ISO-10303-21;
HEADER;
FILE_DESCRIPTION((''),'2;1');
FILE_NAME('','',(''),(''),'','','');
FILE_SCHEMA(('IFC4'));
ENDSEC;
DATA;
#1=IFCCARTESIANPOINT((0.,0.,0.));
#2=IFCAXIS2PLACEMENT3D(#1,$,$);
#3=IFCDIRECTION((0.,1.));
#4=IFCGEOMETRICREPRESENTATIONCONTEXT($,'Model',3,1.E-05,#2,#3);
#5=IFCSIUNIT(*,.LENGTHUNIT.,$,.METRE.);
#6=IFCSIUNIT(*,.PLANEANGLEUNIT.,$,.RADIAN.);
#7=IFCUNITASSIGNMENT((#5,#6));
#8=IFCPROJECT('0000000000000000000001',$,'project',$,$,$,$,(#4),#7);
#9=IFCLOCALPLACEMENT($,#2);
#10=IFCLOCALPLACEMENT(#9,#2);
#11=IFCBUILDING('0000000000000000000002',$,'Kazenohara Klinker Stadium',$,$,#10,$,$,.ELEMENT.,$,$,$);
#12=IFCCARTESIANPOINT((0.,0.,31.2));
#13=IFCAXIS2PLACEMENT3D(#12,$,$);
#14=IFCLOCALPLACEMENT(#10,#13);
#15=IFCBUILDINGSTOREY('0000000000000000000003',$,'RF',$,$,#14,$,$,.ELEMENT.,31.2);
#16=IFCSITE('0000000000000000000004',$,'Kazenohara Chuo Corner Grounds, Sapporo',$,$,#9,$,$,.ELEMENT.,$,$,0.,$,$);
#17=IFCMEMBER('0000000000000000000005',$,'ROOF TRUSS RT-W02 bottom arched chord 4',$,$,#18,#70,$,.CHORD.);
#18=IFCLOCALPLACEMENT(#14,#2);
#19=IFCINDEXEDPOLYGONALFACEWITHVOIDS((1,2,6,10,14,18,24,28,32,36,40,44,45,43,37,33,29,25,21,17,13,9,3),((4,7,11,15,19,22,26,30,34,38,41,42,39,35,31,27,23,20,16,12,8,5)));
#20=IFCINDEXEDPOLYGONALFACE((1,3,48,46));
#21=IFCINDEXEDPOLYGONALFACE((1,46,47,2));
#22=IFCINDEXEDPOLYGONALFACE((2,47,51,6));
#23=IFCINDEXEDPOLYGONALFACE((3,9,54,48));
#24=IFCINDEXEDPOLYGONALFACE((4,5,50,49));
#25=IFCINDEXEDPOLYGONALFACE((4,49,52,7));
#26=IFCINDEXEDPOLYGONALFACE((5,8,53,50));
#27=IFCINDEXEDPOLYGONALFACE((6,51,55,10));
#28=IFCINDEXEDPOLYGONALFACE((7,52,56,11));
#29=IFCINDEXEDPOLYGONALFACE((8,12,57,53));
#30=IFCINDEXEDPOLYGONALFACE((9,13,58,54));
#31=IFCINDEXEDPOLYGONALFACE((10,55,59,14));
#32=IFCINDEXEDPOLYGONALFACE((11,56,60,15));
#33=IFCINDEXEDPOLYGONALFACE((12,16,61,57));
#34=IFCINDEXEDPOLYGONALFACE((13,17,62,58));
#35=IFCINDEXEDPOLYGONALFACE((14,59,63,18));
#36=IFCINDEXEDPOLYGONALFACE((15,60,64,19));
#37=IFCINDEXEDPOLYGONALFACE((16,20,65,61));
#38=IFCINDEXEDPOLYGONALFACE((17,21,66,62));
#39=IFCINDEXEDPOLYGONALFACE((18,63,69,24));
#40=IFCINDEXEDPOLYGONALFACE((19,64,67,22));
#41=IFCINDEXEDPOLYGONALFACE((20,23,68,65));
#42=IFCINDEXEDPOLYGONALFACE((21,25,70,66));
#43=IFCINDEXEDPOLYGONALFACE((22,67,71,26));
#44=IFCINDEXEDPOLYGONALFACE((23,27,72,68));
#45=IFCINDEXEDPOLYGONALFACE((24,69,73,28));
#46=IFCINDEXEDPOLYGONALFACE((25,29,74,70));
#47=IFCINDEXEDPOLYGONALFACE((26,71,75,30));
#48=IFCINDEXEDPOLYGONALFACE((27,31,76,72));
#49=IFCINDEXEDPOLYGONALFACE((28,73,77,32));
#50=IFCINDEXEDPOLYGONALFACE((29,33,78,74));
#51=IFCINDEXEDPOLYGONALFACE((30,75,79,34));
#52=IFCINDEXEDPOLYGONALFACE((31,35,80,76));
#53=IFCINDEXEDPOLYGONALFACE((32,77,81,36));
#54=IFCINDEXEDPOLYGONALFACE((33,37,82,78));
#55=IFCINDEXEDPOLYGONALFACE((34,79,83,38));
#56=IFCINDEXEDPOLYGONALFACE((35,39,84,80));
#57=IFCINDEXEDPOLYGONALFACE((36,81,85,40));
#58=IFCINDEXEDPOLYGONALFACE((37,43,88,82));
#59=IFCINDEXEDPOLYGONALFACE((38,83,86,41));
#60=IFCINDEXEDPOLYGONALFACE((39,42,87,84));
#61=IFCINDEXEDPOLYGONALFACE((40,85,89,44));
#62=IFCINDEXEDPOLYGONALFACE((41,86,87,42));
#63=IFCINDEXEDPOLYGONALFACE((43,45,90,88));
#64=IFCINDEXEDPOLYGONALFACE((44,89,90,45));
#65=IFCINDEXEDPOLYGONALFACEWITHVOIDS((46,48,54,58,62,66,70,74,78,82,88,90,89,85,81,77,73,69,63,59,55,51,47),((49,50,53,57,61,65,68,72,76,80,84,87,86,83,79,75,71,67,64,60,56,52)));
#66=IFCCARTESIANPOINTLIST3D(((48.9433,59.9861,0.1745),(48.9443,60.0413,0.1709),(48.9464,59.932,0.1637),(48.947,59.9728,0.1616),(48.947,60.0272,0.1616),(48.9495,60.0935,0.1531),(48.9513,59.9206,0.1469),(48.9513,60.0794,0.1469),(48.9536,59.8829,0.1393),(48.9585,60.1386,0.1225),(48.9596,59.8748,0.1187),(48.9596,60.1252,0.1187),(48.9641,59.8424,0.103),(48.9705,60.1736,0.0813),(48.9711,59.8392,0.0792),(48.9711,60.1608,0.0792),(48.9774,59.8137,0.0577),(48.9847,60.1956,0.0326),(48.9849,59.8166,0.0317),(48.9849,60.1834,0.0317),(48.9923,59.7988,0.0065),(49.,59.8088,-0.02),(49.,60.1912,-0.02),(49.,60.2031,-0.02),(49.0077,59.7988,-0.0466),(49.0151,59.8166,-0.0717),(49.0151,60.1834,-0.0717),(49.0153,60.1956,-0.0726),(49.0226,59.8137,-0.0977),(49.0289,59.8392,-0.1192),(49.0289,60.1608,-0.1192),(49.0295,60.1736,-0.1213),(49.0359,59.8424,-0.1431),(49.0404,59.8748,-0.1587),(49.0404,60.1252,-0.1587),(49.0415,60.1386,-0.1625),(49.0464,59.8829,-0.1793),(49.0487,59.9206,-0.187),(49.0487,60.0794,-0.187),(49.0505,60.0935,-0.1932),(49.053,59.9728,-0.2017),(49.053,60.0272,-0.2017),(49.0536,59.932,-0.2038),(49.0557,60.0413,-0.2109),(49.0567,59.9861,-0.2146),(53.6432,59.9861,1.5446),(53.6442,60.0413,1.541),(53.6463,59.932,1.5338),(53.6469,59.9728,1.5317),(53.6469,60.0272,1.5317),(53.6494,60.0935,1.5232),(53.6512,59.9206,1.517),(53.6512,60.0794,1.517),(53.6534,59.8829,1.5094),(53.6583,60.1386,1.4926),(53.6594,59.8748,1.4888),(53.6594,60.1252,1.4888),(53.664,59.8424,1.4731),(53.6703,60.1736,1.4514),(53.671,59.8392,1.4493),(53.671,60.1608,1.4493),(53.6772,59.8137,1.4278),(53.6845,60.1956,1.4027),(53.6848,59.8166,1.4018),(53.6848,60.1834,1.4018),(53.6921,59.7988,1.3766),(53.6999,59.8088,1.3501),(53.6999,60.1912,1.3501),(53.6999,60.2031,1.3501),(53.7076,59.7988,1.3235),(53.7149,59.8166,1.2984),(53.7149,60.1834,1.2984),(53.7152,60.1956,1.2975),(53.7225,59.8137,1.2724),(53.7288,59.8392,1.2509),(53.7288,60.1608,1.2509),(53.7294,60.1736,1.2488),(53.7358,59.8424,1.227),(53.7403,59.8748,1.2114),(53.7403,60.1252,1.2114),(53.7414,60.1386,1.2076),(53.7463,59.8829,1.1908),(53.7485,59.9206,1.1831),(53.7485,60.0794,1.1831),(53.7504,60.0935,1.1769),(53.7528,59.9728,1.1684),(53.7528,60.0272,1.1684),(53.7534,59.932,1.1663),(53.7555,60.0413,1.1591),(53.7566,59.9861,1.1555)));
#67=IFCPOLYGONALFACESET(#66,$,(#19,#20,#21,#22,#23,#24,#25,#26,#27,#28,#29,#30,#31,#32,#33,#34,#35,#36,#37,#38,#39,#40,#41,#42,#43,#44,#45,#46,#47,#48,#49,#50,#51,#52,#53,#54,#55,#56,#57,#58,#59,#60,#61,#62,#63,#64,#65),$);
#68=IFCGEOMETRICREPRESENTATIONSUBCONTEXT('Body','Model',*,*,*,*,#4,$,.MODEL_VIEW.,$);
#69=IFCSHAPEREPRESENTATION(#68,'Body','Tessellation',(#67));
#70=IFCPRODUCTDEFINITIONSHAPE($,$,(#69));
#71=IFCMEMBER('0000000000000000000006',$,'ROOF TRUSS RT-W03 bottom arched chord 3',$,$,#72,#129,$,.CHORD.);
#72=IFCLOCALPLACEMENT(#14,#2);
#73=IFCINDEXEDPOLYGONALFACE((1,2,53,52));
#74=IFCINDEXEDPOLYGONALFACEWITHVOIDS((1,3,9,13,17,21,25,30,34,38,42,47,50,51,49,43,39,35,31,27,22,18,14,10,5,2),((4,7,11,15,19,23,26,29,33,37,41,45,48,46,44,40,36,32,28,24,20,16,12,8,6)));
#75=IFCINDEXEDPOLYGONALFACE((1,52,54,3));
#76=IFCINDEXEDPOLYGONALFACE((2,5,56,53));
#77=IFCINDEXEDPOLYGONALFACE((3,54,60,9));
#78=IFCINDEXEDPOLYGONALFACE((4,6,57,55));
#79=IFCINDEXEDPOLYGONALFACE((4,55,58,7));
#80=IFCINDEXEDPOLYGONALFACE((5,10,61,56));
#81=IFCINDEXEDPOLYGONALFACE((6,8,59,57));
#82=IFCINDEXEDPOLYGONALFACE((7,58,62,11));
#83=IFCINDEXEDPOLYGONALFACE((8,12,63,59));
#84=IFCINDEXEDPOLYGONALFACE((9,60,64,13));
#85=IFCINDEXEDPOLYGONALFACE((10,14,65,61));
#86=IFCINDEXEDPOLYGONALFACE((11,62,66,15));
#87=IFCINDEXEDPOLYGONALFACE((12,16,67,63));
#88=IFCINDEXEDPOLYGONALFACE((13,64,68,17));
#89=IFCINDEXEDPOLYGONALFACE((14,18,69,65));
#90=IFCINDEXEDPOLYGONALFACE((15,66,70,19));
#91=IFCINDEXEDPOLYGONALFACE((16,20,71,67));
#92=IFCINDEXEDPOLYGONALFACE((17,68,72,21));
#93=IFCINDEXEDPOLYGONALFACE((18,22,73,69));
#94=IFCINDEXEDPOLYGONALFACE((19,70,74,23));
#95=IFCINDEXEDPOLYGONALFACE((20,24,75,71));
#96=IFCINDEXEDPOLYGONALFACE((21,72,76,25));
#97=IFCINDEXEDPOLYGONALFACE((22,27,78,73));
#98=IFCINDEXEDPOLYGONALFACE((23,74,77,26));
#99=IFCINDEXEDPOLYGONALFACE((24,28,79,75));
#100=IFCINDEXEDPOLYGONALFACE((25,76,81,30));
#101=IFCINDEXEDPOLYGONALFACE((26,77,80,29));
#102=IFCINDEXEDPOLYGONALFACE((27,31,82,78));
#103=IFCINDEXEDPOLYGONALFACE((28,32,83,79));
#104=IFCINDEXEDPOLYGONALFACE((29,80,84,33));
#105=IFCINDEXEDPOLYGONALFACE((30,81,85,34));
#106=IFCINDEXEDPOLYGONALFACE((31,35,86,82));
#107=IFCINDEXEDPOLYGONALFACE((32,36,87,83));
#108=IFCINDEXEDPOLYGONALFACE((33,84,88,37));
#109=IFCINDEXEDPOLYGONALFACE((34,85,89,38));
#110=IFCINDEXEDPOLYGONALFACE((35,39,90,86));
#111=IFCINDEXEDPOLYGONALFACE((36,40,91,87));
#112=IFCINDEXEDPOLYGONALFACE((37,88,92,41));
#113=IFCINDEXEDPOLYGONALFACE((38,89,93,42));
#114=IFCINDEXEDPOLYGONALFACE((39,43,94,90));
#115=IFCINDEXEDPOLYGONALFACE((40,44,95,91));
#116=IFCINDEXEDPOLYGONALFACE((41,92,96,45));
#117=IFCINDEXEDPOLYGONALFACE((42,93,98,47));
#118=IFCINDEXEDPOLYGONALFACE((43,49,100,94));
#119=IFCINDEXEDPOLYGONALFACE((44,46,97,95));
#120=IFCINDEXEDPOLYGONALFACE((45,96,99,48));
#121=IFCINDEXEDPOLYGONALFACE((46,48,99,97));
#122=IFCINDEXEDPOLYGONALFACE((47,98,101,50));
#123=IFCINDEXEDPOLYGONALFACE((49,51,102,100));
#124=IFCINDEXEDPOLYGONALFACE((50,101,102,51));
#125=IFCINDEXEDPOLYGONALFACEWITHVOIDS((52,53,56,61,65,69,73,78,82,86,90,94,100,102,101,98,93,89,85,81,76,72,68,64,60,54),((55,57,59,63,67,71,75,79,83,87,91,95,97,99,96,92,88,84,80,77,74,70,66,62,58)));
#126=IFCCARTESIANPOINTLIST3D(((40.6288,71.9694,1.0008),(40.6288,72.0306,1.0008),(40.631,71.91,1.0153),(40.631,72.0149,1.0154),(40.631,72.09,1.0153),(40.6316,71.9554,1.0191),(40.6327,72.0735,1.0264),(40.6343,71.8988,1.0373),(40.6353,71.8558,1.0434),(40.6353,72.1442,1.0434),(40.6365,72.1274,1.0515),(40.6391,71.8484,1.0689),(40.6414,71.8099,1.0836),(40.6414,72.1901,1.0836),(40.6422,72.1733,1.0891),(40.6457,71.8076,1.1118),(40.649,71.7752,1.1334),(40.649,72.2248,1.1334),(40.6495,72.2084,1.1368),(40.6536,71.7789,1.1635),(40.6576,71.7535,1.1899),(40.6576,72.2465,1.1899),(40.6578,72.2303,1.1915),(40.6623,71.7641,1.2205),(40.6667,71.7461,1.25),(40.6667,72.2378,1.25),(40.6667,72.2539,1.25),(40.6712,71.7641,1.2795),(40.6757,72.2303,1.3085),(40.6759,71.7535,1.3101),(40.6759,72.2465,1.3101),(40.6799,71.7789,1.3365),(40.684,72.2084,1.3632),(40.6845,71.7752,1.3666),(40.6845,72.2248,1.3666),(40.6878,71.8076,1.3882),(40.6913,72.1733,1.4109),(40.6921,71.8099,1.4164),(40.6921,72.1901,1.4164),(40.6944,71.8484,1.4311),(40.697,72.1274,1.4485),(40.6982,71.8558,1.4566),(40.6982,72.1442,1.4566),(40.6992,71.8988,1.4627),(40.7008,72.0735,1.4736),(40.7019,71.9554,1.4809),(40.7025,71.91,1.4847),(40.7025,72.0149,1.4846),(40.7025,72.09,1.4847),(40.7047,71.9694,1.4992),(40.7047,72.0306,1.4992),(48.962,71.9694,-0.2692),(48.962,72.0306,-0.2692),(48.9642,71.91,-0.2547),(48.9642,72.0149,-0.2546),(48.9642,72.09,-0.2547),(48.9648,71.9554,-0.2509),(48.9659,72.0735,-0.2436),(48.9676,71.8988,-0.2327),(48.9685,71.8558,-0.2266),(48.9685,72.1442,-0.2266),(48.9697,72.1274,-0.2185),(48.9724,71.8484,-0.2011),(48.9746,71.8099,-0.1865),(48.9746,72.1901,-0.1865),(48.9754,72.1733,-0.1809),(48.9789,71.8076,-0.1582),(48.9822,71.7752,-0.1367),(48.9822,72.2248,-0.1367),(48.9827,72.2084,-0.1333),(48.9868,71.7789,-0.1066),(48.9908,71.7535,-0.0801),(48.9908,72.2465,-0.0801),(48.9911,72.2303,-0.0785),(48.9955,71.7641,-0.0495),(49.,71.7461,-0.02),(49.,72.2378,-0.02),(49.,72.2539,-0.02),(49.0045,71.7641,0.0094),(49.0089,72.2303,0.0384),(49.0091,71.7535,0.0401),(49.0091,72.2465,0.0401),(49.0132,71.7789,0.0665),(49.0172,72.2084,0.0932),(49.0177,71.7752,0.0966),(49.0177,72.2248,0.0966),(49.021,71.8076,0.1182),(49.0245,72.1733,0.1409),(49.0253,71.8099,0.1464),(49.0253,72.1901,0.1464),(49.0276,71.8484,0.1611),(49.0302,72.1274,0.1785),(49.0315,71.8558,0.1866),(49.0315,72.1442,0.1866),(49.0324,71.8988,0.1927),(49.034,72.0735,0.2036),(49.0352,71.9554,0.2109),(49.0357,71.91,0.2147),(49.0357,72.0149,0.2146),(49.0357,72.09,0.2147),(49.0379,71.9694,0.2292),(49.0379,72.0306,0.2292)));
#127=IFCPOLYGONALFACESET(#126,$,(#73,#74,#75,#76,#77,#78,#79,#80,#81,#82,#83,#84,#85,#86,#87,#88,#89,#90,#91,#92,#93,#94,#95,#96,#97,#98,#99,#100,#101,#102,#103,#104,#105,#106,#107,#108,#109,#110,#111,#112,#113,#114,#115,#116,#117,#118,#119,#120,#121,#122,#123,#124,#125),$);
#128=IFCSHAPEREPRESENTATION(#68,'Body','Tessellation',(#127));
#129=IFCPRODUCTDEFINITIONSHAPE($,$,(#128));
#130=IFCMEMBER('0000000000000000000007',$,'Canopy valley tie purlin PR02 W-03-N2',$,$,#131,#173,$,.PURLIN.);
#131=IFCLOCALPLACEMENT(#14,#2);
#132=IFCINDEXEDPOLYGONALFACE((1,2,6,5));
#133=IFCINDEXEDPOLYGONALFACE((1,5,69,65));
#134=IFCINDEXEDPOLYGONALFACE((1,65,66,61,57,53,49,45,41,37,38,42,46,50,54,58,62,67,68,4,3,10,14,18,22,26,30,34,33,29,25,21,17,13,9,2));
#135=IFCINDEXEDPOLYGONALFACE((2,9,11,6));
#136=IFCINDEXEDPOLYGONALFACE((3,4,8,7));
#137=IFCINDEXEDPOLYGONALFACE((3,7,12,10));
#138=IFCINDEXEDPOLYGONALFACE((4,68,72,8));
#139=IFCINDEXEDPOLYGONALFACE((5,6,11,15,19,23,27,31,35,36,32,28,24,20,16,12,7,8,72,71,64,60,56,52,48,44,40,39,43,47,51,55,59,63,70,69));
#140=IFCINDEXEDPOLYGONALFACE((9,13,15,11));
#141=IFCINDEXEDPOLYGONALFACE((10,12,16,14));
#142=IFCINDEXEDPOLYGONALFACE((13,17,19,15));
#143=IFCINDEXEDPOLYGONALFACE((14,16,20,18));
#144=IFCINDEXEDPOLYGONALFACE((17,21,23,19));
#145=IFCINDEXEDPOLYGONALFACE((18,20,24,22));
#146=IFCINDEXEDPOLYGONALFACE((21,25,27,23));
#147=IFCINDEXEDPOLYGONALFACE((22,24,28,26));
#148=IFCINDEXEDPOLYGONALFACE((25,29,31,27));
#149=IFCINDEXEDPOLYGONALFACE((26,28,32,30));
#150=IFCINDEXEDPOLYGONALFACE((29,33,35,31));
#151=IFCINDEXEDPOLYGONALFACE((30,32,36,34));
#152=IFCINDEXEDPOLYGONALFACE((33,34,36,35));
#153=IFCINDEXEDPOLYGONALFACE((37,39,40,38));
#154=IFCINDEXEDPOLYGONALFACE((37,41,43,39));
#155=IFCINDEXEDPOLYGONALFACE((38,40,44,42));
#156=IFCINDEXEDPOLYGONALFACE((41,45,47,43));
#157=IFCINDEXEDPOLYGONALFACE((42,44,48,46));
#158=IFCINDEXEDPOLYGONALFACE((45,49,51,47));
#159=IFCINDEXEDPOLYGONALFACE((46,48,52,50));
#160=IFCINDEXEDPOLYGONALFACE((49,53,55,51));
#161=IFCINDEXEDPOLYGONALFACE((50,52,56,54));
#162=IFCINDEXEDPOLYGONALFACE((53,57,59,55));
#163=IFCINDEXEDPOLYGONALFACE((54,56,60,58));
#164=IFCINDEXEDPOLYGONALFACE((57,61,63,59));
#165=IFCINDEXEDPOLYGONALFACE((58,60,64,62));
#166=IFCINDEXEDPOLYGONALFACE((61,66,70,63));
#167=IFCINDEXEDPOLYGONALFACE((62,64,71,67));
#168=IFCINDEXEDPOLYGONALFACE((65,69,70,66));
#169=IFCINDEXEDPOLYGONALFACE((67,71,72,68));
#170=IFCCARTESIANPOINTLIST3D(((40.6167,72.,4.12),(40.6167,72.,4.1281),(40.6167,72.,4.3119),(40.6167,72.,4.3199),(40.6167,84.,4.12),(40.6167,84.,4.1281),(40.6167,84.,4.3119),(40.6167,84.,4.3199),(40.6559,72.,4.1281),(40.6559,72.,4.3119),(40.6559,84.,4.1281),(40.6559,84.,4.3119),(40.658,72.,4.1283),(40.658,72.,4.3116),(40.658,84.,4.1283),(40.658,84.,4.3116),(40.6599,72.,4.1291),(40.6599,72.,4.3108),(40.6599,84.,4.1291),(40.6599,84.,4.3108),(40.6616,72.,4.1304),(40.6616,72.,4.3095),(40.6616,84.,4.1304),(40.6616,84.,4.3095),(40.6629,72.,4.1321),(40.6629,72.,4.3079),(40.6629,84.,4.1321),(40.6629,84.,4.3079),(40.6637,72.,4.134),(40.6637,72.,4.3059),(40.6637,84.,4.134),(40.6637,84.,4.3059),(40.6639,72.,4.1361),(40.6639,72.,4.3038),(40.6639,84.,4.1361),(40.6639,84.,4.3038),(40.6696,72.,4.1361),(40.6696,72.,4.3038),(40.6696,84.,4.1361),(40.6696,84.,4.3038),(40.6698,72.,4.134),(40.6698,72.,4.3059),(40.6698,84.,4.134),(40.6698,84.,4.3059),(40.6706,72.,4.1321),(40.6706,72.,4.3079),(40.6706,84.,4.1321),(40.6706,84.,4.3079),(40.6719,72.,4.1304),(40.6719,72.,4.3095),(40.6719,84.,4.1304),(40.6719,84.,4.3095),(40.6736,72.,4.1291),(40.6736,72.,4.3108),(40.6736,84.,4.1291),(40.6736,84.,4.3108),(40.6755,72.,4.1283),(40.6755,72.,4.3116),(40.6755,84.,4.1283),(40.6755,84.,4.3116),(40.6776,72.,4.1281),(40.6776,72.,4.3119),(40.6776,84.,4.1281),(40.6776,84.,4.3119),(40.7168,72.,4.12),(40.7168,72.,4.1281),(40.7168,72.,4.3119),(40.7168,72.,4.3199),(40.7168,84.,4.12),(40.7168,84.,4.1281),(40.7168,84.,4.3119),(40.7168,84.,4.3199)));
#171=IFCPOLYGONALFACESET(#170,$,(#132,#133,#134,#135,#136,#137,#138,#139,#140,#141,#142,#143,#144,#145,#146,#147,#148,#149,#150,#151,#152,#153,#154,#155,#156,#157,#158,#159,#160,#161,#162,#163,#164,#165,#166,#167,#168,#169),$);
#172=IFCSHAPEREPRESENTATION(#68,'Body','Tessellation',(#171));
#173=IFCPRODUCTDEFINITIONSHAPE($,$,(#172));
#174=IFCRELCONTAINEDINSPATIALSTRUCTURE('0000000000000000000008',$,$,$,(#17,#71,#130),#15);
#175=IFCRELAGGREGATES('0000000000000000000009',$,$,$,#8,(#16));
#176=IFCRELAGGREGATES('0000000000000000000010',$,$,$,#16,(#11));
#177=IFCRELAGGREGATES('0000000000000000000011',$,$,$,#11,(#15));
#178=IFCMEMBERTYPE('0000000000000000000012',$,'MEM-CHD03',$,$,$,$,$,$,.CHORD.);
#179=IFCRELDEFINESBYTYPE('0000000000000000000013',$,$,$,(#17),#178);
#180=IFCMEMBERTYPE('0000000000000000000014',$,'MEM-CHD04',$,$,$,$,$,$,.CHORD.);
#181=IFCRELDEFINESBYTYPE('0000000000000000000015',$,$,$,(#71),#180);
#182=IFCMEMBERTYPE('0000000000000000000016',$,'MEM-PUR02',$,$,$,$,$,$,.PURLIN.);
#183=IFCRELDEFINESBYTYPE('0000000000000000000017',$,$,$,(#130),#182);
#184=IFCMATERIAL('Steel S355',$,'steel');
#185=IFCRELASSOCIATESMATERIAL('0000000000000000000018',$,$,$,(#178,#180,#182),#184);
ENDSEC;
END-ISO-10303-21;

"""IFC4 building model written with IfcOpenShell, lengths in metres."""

from ifc_helpers import new_model, si_unit, direction, frame, origin, origin_2d, place, context, subcontext, project, spatial, hollow_circle, i_section, extrude, material, material_profile, profile_set, type_object, element, save


model = new_model("IFC4")

# Units and contexts
model_context = context("Model", 3, precision=1e-05, world=origin(), true_north=direction((0.0, 1.0)))
body_context = subcontext(model_context, "Body", "Model", "MODEL_VIEW")
ifc_project = project(units=[si_unit("LENGTHUNIT", "METRE"), si_unit("PLANEANGLEUNIT", "RADIAN")], contexts=[model_context])

# Site, building, storey
site_placement = place(None, origin())
site = spatial("IfcSite", under=ifc_project, at=site_placement, Name="Kazenohara Chuo Corner Grounds, Sapporo", CompositionType="ELEMENT", RefElevation=0.0)
building_placement = place(site_placement, origin())
building = spatial("IfcBuilding", under=site, at=building_placement, Name="Kazenohara Klinker Stadium", CompositionType="ELEMENT")
storey_placement = place(building_placement, frame((0.0, 0.0, 31.2)))
storey = spatial("IfcBuildingStorey", under=building, at=storey_placement, Name="RF", CompositionType="ELEMENT", Elevation=31.2)

# Members
ifc_material_1 = material(Name="Steel S355", Category="steel")
ifc_material_profile_1 = material_profile(ifc_material_1, hollow_circle(Radius=0.2031, WallThickness=0.012, at=origin_2d()), Name="CHS-406.4x12")
ifc_profile_set_1 = profile_set([ifc_material_profile_1], Name="Steel S355")
member_type_1 = type_object("IfcMemberType", Name="MEM-CHD03", PredefinedType="CHORD", material=ifc_profile_set_1)
member_1_placement = place(storey_placement, frame((49.0, 60.0, -0.02), z_axis=(0.960039, 0.0, 0.279868), x_axis=(0.0, 1.0, 0.0)))
element("IfcMember", 1, at=member_1_placement, inside=storey, type_object=member_type_1, Name="ROOF TRUSS RT-W02 bottom arched chord 4", PredefinedType="CHORD", context=body_context, shape_type="SweptSolid", body=[
    extrude(hollow_circle(Radius=0.2031, WallThickness=0.012, at=origin_2d()), origin(), (0.0, 0.0, 1.0), 4.8955),
])
ifc_material_profile_2 = material_profile(ifc_material_1, hollow_circle(Radius=0.2539, WallThickness=0.0161, at=origin_2d()), Name="CHS-508.0x16")
ifc_profile_set_2 = profile_set([ifc_material_profile_2], Name="Steel S355")
member_type_2 = type_object("IfcMemberType", Name="MEM-CHD04", PredefinedType="CHORD", material=ifc_profile_set_2)
member_2_placement = place(storey_placement, frame((40.6667, 72.0, 1.25), z_axis=(0.988585, 0.0, -0.150664), x_axis=(0.0, 1.0, 0.0)))
element("IfcMember", 2, at=member_2_placement, inside=storey, type_object=member_type_2, Name="ROOF TRUSS RT-W03 bottom arched chord 3", PredefinedType="CHORD", context=body_context, shape_type="SweptSolid", body=[
    extrude(hollow_circle(Radius=0.2539, WallThickness=0.0161, at=origin_2d()), origin(), (0.0, 0.0, 1.0), 8.4294),
])
ifc_material_profile_3 = material_profile(ifc_material_1, i_section(OverallWidth=0.1001, OverallDepth=0.2, WebThickness=0.0056, FlangeThickness=0.0081, FilletRadius=0.0081, at=origin_2d()), Name="H-200x100x5.5x8")
ifc_profile_set_3 = profile_set([ifc_material_profile_3], Name="Steel S355")
member_type_3 = type_object("IfcMemberType", Name="MEM-PUR02", PredefinedType="PURLIN", material=ifc_profile_set_3)
member_3_placement = place(storey_placement, frame((40.6667, 72.0, 4.22), z_axis=(0.0, 1.0, 0.0), x_axis=(-1.0, 0.0, 0.0)))
element("IfcMember", 3, at=member_3_placement, inside=storey, type_object=member_type_3, Name="Canopy valley tie purlin PR02 W-03-N2", PredefinedType="PURLIN", context=body_context, shape_type="SweptSolid", body=[
    extrude(i_section(OverallWidth=0.1001, OverallDepth=0.2, WebThickness=0.0056, FlangeThickness=0.0081, FilletRadius=0.0081, at=origin_2d()), origin(), (0.0, 0.0, 1.0), 12.0),
])

save(model, "model.ifc")
